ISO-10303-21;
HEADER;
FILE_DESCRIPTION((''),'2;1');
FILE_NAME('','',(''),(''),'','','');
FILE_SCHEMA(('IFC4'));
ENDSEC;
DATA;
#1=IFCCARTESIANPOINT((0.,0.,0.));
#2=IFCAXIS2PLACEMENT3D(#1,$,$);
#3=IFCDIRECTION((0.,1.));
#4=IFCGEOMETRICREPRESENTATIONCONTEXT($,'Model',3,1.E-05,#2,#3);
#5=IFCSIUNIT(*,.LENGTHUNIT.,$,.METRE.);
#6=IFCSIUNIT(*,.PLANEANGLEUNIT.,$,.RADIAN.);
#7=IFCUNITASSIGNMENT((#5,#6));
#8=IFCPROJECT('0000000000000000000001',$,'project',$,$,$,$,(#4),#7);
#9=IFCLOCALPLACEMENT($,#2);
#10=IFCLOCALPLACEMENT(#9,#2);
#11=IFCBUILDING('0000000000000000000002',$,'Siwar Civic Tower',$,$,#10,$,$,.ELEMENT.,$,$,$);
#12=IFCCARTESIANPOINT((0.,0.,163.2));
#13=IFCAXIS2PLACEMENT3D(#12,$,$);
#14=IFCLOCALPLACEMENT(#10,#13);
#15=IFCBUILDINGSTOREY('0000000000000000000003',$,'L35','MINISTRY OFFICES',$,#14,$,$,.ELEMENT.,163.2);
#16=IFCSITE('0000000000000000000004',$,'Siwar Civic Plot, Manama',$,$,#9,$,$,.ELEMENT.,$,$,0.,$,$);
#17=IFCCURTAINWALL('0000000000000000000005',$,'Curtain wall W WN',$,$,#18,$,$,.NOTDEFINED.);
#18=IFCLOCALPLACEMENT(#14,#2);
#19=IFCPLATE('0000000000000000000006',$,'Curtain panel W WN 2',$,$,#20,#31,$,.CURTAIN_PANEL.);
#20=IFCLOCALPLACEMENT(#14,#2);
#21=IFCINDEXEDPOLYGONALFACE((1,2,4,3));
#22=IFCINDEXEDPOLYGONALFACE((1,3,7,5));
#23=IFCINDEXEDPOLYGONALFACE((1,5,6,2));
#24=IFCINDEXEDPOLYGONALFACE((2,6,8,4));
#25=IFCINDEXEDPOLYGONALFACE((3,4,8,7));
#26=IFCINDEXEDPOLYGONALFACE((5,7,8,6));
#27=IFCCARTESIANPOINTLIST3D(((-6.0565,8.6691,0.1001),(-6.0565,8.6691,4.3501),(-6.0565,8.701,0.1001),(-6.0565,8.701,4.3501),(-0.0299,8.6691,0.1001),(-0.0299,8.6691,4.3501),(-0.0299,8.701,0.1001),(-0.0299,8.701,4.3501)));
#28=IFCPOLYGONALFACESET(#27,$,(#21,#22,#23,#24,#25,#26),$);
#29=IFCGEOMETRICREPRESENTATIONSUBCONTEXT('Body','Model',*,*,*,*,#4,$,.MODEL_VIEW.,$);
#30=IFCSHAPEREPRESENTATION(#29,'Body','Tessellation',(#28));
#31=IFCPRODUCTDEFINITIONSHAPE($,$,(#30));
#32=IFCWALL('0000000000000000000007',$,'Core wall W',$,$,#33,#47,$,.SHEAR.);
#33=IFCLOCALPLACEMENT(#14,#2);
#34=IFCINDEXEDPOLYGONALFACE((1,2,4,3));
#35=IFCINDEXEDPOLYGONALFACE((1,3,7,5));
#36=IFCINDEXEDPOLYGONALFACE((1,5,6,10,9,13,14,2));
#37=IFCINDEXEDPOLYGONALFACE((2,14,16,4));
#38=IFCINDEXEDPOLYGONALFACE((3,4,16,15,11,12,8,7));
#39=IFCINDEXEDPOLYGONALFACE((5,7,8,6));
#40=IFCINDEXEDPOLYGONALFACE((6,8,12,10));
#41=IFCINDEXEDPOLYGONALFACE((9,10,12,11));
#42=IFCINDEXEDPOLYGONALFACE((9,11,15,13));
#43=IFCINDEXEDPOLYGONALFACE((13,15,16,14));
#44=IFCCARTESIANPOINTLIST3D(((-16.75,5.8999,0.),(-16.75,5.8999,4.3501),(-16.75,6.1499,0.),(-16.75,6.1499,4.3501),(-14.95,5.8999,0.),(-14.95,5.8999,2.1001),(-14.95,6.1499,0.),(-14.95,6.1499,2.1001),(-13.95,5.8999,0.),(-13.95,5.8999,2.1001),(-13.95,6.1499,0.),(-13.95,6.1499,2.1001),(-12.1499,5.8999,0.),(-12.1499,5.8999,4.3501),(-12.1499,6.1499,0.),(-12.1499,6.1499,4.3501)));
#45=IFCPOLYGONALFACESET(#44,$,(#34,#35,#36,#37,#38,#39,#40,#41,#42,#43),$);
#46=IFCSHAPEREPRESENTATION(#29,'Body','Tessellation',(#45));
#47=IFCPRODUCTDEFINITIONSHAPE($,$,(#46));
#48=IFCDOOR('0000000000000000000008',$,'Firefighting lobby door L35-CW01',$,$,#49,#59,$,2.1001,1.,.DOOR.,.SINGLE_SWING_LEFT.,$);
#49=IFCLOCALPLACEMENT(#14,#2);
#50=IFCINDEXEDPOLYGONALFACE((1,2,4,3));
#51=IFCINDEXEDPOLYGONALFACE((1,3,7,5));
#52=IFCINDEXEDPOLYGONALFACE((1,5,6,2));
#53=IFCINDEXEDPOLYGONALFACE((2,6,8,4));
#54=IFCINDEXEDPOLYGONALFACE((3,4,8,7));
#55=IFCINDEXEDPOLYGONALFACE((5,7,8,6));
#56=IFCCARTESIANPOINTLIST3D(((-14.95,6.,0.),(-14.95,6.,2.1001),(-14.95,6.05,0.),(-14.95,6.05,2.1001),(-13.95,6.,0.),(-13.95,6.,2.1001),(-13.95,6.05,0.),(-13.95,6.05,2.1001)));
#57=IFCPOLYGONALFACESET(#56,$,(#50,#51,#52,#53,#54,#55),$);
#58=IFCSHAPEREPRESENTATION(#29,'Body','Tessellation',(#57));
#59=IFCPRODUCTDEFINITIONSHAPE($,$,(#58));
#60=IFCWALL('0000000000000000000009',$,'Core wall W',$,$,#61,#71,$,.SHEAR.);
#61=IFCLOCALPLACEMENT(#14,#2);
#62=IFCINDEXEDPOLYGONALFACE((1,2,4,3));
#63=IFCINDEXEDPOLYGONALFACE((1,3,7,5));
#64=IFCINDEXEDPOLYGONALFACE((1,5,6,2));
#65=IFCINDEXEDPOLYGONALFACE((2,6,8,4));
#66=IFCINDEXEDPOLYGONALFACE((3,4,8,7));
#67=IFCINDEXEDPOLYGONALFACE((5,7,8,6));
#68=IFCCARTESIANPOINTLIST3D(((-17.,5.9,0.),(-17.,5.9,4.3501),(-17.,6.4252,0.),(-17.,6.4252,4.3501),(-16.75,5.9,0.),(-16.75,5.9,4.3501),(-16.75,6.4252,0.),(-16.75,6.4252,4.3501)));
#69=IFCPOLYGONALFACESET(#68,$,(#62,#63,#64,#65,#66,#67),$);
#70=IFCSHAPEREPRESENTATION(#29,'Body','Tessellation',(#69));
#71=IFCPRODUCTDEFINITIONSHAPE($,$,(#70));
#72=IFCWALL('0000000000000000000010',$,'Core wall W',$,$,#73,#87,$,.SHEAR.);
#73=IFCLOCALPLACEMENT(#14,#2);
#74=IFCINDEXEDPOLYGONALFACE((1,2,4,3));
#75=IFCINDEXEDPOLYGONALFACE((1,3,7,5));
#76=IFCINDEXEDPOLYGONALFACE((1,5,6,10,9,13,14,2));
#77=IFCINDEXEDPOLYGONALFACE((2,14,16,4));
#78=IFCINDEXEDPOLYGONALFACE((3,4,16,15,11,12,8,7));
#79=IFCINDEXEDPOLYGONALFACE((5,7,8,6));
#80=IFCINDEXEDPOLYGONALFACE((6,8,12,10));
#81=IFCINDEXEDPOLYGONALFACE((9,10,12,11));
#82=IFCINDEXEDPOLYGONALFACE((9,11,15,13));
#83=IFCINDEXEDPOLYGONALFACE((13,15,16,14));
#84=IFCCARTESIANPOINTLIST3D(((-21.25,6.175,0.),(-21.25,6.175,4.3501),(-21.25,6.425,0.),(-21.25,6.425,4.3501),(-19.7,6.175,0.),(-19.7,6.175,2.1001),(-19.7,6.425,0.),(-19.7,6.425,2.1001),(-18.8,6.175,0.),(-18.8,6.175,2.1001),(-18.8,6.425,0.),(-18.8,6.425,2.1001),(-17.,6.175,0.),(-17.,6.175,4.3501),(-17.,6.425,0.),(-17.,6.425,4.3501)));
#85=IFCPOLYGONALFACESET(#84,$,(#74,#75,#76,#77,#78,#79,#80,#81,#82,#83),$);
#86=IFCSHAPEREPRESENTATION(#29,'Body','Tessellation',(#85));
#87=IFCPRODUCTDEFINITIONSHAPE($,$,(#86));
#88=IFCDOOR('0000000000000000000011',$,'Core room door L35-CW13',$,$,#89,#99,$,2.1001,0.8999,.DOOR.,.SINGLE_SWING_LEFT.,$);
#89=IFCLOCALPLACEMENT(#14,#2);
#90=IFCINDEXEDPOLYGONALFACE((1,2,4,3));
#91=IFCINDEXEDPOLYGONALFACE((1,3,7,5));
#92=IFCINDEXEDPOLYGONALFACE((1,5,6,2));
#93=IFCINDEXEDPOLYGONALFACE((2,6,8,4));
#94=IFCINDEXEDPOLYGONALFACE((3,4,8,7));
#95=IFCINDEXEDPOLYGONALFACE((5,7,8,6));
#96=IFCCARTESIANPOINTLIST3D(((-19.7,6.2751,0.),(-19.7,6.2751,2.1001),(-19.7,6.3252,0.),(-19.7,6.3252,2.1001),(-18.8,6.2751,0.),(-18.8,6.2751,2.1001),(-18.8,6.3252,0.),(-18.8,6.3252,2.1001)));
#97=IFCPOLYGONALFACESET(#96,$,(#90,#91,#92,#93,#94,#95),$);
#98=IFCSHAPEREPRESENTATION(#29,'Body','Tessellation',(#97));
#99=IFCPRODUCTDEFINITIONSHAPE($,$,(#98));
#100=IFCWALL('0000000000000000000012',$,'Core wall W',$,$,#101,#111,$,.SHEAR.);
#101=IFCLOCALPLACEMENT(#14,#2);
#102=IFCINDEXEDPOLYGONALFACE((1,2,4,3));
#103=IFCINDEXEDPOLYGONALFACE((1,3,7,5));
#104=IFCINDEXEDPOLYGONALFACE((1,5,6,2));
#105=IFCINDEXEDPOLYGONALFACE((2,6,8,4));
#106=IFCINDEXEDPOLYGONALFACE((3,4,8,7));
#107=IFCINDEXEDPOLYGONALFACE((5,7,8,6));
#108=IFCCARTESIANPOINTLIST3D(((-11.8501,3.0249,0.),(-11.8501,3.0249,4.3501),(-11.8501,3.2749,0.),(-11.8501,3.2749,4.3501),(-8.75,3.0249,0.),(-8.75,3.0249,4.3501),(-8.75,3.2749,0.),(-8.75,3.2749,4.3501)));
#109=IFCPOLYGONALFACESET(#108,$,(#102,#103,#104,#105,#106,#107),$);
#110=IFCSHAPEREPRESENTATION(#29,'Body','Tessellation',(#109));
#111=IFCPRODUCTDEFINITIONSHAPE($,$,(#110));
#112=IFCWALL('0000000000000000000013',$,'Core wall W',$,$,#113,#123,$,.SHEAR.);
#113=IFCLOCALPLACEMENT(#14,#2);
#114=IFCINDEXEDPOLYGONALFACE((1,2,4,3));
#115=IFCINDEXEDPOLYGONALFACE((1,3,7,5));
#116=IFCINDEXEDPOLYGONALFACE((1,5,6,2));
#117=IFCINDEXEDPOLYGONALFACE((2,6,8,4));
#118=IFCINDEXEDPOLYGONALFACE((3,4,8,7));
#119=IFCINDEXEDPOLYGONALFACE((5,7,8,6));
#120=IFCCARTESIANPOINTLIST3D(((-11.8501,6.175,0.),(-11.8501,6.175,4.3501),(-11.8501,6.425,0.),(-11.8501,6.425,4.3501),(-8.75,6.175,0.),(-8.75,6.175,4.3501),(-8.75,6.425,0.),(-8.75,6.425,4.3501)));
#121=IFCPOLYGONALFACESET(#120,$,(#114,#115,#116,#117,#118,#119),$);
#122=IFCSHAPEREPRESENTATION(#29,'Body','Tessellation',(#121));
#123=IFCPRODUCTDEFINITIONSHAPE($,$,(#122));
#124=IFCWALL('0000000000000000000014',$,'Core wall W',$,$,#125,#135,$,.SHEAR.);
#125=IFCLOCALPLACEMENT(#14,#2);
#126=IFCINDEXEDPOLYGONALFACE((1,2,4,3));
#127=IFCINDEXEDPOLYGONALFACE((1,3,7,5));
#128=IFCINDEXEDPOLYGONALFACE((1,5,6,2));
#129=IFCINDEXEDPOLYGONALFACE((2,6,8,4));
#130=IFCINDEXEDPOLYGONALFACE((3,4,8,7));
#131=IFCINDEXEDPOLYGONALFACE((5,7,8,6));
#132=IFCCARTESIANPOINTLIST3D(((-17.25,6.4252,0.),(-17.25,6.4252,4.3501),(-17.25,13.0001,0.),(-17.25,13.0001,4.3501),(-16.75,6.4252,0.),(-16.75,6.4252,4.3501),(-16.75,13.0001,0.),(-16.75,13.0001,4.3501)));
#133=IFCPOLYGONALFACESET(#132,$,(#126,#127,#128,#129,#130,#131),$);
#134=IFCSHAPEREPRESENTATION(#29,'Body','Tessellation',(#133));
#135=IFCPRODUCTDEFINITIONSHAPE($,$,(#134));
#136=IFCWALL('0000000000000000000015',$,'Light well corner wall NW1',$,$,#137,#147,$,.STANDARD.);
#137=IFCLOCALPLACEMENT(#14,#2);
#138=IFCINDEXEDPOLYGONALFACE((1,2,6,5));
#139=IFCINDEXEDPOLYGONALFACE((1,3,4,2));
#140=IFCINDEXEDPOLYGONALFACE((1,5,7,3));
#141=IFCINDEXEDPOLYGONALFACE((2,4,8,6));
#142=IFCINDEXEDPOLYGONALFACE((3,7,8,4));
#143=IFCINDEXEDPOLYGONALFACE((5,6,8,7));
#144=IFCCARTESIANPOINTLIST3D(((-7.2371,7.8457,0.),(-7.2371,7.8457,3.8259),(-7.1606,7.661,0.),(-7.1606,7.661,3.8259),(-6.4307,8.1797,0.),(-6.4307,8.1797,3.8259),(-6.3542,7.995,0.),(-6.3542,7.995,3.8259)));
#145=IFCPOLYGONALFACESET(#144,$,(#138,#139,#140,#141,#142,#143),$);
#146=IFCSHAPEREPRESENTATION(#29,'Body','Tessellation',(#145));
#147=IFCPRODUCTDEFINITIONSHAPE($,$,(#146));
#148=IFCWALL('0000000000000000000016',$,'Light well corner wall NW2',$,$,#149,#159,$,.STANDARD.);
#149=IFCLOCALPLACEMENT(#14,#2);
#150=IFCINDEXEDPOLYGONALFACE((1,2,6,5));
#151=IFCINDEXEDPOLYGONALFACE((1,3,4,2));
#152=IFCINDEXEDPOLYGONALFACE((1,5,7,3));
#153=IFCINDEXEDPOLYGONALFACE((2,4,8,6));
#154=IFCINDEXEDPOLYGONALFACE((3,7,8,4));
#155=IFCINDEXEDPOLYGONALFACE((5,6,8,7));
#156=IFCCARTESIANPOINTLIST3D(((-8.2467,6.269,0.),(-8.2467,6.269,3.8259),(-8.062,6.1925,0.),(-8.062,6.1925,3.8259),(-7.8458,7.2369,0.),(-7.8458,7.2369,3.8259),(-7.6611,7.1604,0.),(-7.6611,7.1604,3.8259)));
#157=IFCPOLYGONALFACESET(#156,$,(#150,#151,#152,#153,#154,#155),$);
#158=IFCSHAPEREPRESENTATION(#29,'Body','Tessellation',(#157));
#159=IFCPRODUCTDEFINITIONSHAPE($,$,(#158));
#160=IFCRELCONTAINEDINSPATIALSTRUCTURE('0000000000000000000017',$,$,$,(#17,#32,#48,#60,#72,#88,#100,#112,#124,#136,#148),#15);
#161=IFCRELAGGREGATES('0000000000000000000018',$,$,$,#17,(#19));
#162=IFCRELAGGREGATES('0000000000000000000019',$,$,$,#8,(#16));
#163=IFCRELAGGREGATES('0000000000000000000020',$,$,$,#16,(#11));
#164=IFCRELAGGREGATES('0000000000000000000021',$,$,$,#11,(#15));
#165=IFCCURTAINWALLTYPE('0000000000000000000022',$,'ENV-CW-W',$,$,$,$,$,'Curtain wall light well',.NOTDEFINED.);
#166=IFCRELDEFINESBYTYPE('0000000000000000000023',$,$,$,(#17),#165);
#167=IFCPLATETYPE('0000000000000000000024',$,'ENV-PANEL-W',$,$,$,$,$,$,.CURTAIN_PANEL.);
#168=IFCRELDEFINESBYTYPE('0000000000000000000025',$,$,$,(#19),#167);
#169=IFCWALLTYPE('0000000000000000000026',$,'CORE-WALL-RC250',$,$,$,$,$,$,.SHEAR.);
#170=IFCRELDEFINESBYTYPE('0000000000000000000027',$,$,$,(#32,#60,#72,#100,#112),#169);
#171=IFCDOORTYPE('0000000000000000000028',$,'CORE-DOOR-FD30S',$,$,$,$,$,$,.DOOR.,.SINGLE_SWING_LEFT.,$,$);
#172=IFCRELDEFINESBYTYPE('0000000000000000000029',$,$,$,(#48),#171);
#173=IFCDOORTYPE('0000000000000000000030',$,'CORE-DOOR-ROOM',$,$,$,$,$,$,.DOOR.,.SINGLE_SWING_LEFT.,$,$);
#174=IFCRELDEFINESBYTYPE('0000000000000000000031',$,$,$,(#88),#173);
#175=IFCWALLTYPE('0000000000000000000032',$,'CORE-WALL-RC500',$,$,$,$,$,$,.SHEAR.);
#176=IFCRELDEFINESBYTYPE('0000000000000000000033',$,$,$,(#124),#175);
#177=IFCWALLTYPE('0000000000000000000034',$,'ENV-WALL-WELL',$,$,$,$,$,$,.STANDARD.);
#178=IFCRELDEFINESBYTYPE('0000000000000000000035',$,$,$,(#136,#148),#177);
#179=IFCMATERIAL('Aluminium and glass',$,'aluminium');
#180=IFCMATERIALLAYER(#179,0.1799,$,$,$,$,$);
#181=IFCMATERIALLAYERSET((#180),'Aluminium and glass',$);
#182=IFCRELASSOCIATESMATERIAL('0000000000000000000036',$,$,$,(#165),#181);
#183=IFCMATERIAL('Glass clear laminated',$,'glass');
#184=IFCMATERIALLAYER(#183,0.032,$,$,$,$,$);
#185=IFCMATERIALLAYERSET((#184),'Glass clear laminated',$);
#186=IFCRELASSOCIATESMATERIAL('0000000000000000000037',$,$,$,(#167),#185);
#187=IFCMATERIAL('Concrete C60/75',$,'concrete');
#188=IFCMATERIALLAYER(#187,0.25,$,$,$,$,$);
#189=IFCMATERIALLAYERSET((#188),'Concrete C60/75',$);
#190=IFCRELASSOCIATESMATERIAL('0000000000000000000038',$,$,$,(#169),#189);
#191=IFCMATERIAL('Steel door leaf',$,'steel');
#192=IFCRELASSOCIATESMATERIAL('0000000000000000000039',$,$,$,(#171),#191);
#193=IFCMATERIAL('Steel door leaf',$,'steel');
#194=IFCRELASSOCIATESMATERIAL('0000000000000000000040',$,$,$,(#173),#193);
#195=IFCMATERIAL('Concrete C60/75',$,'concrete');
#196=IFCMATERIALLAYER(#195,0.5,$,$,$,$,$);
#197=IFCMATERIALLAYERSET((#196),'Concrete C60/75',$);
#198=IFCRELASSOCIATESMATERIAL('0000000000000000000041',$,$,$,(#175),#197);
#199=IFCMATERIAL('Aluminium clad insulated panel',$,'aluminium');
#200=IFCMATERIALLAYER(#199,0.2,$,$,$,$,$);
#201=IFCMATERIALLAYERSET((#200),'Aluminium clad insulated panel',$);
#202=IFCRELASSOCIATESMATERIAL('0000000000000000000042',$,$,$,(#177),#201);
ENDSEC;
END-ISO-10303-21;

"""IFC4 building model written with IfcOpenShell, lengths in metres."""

from ifc_helpers import new_model, si_unit, direction, frame, frame_2d, origin, origin_2d, place, context, subcontext, project, spatial, rectangle, extrude, material, layer, layer_set, type_object, element, fill, aggregate, save


model = new_model("IFC4")

# Units and contexts
model_context = context("Model", 3, precision=1e-05, world=origin(), true_north=direction((0.0, 1.0)))
body_context = subcontext(model_context, "Body", "Model", "MODEL_VIEW")
ifc_project = project(units=[si_unit("LENGTHUNIT", "METRE"), si_unit("PLANEANGLEUNIT", "RADIAN")], contexts=[model_context])

# Site, building, storey
site_placement = place(None, origin())
site = spatial("IfcSite", under=ifc_project, at=site_placement, Name="Siwar Civic Plot, Manama", CompositionType="ELEMENT", RefElevation=0.0)
building_placement = place(site_placement, origin())
building = spatial("IfcBuilding", under=site, at=building_placement, Name="Siwar Civic Tower", CompositionType="ELEMENT")
storey_placement = place(building_placement, frame((0.0, 0.0, 163.2)))
storey = spatial("IfcBuildingStorey", under=building, at=storey_placement, Name="L35", Description="MINISTRY OFFICES", CompositionType="ELEMENT", Elevation=163.2)

# Curtain wall
ifc_material_1 = material(Name="Aluminium and glass", Category="aluminium")
ifc_layer_1 = layer(ifc_material_1, 0.1799)
ifc_layer_set_1 = layer_set([ifc_layer_1], Name="Aluminium and glass")
curtain_wall_type = type_object("IfcCurtainWallType", Name="ENV-CW-W", ElementType="Curtain wall light well", PredefinedType="NOTDEFINED", material=ifc_layer_set_1)
curtain_wall_placement = place(storey_placement, origin())
curtain_wall = element("IfcCurtainWall", 1, at=curtain_wall_placement, inside=storey, type_object=curtain_wall_type, Name="Curtain wall W WN", PredefinedType="NOTDEFINED")

# Plate
ifc_material_2 = material(Name="Glass clear laminated", Category="glass")
ifc_layer_2 = layer(ifc_material_2, 0.032)
ifc_layer_set_2 = layer_set([ifc_layer_2], Name="Glass clear laminated")
plate_type = type_object("IfcPlateType", Name="ENV-PANEL-W", PredefinedType="CURTAIN_PANEL", material=ifc_layer_set_2)
plate_placement = place(storey_placement, frame((-3.0432, 8.6851, 0.1001), z_axis=(0.0, 0.0, 1.0), x_axis=(-1.0, 0.0, 0.0)))
plate = element("IfcPlate", 2, at=plate_placement, type_object=plate_type, Name="Curtain panel W WN 2", PredefinedType="CURTAIN_PANEL", context=body_context, shape_type="SweptSolid", body=[
    extrude(rectangle(XDim=6.0266, YDim=0.032, at=origin_2d()), origin(), (0.0, 0.0, 1.0), 4.25),
])
aggregate(curtain_wall, [plate])

# Wall, opening, door
ifc_material_3 = material(Name="Concrete C60/75", Category="concrete")
ifc_layer_3 = layer(ifc_material_3, 0.25)
ifc_layer_set_3 = layer_set([ifc_layer_3], Name="Concrete C60/75")
wall_type_1 = type_object("IfcWallType", Name="CORE-WALL-RC250", PredefinedType="SHEAR", material=ifc_layer_set_3)
wall_1_placement = place(storey_placement, frame((-12.1499, 6.0249, 0.0), z_axis=(0.0, 0.0, 1.0), x_axis=(-1.0, 0.0, 0.0)))
wall_1 = element("IfcWall", 3, at=wall_1_placement, inside=storey, type_object=wall_type_1, Name="Core wall W", PredefinedType="SHEAR", context=body_context, shape_type="SweptSolid", body=[
    extrude(rectangle(XDim=4.6001, YDim=0.25, at=frame_2d((2.3, 0.0))), origin(), (0.0, 0.0, 1.0), 4.3501),
])
opening_1_placement = place(wall_1_placement, frame((1.8, 0.0, 0.0)))
opening_1 = element("IfcOpeningElement", 4, at=opening_1_placement, cuts=wall_1, PredefinedType="OPENING", context=body_context, shape_type="SweptSolid", body=[
    extrude(rectangle(XDim=1.0, YDim=2.1001, at=frame_2d((0.5, 1.05))), frame((0.0, 0.135, 0.0), z_axis=(0.0, -1.0, 0.0), x_axis=(1.0, 0.0, 0.0)), (0.0, 0.0, 1.0), 0.27),
])
ifc_material_4 = material(Name="Steel door leaf", Category="steel")
door_type_1 = type_object("IfcDoorType", Name="CORE-DOOR-FD30S", OperationType="SINGLE_SWING_LEFT", PredefinedType="DOOR", material=ifc_material_4)
door_1_placement = place(opening_1_placement, origin())
door_1 = element("IfcDoor", 5, at=door_1_placement, inside=storey, type_object=door_type_1, Name="Firefighting lobby door L35-CW01", OperationType="SINGLE_SWING_LEFT", OverallHeight=2.1001, OverallWidth=1.0, PredefinedType="DOOR", context=body_context, shape_type="SweptSolid", body=[
    extrude(rectangle(XDim=1.0, YDim=2.1001, at=frame_2d((0.5, 1.05))), frame((0.0, 0.0249, 0.0), z_axis=(0.0, -1.0, 0.0), x_axis=(1.0, 0.0, 0.0)), (0.0, 0.0, 1.0), 0.05),
])
fill(opening_1, door_1)

# Wall
wall_2_placement = place(storey_placement, frame((-16.875, 5.8999, 0.0), z_axis=(0.0, 0.0, 1.0), x_axis=(0.0, 1.0, 0.0)))
element("IfcWall", 6, at=wall_2_placement, inside=storey, type_object=wall_type_1, Name="Core wall W", PredefinedType="SHEAR", context=body_context, shape_type="SweptSolid", body=[
    extrude(rectangle(XDim=0.5251, YDim=0.25, at=frame_2d((0.2627, 0.0))), origin(), (0.0, 0.0, 1.0), 4.3501),
])

# Wall, opening, door
wall_3_placement = place(storey_placement, frame((-17.0, 6.3, 0.0), z_axis=(0.0, 0.0, 1.0), x_axis=(-1.0, 0.0, 0.0)))
wall_3 = element("IfcWall", 7, at=wall_3_placement, inside=storey, type_object=wall_type_1, Name="Core wall W", PredefinedType="SHEAR", context=body_context, shape_type="SweptSolid", body=[
    extrude(rectangle(XDim=4.25, YDim=0.25, at=frame_2d((2.125, 0.0))), origin(), (0.0, 0.0, 1.0), 4.3501),
])
opening_2_placement = place(wall_3_placement, frame((1.8, 0.0, 0.0)))
opening_2 = element("IfcOpeningElement", 8, at=opening_2_placement, cuts=wall_3, PredefinedType="OPENING", context=body_context, shape_type="SweptSolid", body=[
    extrude(rectangle(XDim=0.8999, YDim=2.1001, at=frame_2d((0.45, 1.05))), frame((0.0, 0.135, 0.0), z_axis=(0.0, -1.0, 0.0), x_axis=(1.0, 0.0, 0.0)), (0.0, 0.0, 1.0), 0.27),
])
ifc_material_5 = material(Name="Steel door leaf", Category="steel")
door_type_2 = type_object("IfcDoorType", Name="CORE-DOOR-ROOM", OperationType="SINGLE_SWING_LEFT", PredefinedType="DOOR", material=ifc_material_5)
door_2_placement = place(opening_2_placement, origin())
door_2 = element("IfcDoor", 9, at=door_2_placement, inside=storey, type_object=door_type_2, Name="Core room door L35-CW13", OperationType="SINGLE_SWING_LEFT", OverallHeight=2.1001, OverallWidth=0.8999, PredefinedType="DOOR", context=body_context, shape_type="SweptSolid", body=[
    extrude(rectangle(XDim=0.8999, YDim=2.1001, at=frame_2d((0.45, 1.05))), frame((0.0, 0.0249, 0.0), z_axis=(0.0, -1.0, 0.0), x_axis=(1.0, 0.0, 0.0)), (0.0, 0.0, 1.0), 0.05),
])
fill(opening_2, door_2)

# Walls
for number, where, z_axis, x_axis, name in (
    (10, (-8.75, 3.1499, 0.0), (0.0, 0.0, 1.0), (-1.0, 0.0, 0.0), "Core wall W"),
    (11, (-8.75, 6.3, 0.0), (0.0, 0.0, 1.0), (-1.0, 0.0, 0.0), "Core wall W"),
):
    element("IfcWall", number, at=place(storey_placement, frame(where, z_axis=z_axis, x_axis=x_axis)), inside=storey, type_object=wall_type_1, Name=name, PredefinedType="SHEAR", context=body_context, shape_type="SweptSolid", body=[
        extrude(rectangle(XDim=3.1001, YDim=0.25, at=frame_2d((1.55, 0.0))), origin(), (0.0, 0.0, 1.0), 4.3501),
    ])
ifc_material_6 = material(Name="Concrete C60/75", Category="concrete")
ifc_layer_4 = layer(ifc_material_6, 0.5)
ifc_layer_set_4 = layer_set([ifc_layer_4], Name="Concrete C60/75")
wall_type_2 = type_object("IfcWallType", Name="CORE-WALL-RC500", PredefinedType="SHEAR", material=ifc_layer_set_4)
wall_4_placement = place(storey_placement, frame((-17.0, 6.425, 0.0), z_axis=(0.0, 0.0, 1.0), x_axis=(0.0, 1.0, 0.0)))
element("IfcWall", 12, at=wall_4_placement, inside=storey, type_object=wall_type_2, Name="Core wall W", PredefinedType="SHEAR", context=body_context, shape_type="SweptSolid", body=[
    extrude(rectangle(XDim=6.575, YDim=0.5, at=frame_2d((3.2876, 0.0))), origin(), (0.0, 0.0, 1.0), 4.3501),
])
ifc_material_7 = material(Name="Aluminium clad insulated panel", Category="aluminium")
ifc_layer_5 = layer(ifc_material_7, 0.2)
ifc_layer_set_5 = layer_set([ifc_layer_5], Name="Aluminium clad insulated panel")
wall_type_3 = type_object("IfcWallType", Name="ENV-WALL-WELL", PredefinedType="STANDARD", material=ifc_layer_set_5)
wall_5_placement = place(storey_placement, frame((-6.3923, 8.0874, 0.0), z_axis=(0.0, 0.0, 1.0), x_axis=(-0.923894, -0.382648, 0.0)))
element("IfcWall", 13, at=wall_5_placement, inside=storey, type_object=wall_type_3, Name="Light well corner wall NW1", PredefinedType="STANDARD", context=body_context, shape_type="SweptSolid", body=[
    extrude(rectangle(XDim=0.8728, YDim=0.2, at=frame_2d((0.4365, 0.0))), origin(), (0.0, 0.0, 1.0), 3.8259),
])
wall_6_placement = place(storey_placement, frame((-7.7534, 7.1987, 0.0), z_axis=(0.0, 0.0, 1.0), x_axis=(-0.382695, -0.923875, 0.0)))
element("IfcWall", 14, at=wall_6_placement, inside=storey, type_object=wall_type_3, Name="Light well corner wall NW2", PredefinedType="STANDARD", context=body_context, shape_type="SweptSolid", body=[
    extrude(rectangle(XDim=1.0476, YDim=0.2, at=frame_2d((0.5239, 0.0))), origin(), (0.0, 0.0, 1.0), 3.8259),
])

save(model, "model.ifc")
